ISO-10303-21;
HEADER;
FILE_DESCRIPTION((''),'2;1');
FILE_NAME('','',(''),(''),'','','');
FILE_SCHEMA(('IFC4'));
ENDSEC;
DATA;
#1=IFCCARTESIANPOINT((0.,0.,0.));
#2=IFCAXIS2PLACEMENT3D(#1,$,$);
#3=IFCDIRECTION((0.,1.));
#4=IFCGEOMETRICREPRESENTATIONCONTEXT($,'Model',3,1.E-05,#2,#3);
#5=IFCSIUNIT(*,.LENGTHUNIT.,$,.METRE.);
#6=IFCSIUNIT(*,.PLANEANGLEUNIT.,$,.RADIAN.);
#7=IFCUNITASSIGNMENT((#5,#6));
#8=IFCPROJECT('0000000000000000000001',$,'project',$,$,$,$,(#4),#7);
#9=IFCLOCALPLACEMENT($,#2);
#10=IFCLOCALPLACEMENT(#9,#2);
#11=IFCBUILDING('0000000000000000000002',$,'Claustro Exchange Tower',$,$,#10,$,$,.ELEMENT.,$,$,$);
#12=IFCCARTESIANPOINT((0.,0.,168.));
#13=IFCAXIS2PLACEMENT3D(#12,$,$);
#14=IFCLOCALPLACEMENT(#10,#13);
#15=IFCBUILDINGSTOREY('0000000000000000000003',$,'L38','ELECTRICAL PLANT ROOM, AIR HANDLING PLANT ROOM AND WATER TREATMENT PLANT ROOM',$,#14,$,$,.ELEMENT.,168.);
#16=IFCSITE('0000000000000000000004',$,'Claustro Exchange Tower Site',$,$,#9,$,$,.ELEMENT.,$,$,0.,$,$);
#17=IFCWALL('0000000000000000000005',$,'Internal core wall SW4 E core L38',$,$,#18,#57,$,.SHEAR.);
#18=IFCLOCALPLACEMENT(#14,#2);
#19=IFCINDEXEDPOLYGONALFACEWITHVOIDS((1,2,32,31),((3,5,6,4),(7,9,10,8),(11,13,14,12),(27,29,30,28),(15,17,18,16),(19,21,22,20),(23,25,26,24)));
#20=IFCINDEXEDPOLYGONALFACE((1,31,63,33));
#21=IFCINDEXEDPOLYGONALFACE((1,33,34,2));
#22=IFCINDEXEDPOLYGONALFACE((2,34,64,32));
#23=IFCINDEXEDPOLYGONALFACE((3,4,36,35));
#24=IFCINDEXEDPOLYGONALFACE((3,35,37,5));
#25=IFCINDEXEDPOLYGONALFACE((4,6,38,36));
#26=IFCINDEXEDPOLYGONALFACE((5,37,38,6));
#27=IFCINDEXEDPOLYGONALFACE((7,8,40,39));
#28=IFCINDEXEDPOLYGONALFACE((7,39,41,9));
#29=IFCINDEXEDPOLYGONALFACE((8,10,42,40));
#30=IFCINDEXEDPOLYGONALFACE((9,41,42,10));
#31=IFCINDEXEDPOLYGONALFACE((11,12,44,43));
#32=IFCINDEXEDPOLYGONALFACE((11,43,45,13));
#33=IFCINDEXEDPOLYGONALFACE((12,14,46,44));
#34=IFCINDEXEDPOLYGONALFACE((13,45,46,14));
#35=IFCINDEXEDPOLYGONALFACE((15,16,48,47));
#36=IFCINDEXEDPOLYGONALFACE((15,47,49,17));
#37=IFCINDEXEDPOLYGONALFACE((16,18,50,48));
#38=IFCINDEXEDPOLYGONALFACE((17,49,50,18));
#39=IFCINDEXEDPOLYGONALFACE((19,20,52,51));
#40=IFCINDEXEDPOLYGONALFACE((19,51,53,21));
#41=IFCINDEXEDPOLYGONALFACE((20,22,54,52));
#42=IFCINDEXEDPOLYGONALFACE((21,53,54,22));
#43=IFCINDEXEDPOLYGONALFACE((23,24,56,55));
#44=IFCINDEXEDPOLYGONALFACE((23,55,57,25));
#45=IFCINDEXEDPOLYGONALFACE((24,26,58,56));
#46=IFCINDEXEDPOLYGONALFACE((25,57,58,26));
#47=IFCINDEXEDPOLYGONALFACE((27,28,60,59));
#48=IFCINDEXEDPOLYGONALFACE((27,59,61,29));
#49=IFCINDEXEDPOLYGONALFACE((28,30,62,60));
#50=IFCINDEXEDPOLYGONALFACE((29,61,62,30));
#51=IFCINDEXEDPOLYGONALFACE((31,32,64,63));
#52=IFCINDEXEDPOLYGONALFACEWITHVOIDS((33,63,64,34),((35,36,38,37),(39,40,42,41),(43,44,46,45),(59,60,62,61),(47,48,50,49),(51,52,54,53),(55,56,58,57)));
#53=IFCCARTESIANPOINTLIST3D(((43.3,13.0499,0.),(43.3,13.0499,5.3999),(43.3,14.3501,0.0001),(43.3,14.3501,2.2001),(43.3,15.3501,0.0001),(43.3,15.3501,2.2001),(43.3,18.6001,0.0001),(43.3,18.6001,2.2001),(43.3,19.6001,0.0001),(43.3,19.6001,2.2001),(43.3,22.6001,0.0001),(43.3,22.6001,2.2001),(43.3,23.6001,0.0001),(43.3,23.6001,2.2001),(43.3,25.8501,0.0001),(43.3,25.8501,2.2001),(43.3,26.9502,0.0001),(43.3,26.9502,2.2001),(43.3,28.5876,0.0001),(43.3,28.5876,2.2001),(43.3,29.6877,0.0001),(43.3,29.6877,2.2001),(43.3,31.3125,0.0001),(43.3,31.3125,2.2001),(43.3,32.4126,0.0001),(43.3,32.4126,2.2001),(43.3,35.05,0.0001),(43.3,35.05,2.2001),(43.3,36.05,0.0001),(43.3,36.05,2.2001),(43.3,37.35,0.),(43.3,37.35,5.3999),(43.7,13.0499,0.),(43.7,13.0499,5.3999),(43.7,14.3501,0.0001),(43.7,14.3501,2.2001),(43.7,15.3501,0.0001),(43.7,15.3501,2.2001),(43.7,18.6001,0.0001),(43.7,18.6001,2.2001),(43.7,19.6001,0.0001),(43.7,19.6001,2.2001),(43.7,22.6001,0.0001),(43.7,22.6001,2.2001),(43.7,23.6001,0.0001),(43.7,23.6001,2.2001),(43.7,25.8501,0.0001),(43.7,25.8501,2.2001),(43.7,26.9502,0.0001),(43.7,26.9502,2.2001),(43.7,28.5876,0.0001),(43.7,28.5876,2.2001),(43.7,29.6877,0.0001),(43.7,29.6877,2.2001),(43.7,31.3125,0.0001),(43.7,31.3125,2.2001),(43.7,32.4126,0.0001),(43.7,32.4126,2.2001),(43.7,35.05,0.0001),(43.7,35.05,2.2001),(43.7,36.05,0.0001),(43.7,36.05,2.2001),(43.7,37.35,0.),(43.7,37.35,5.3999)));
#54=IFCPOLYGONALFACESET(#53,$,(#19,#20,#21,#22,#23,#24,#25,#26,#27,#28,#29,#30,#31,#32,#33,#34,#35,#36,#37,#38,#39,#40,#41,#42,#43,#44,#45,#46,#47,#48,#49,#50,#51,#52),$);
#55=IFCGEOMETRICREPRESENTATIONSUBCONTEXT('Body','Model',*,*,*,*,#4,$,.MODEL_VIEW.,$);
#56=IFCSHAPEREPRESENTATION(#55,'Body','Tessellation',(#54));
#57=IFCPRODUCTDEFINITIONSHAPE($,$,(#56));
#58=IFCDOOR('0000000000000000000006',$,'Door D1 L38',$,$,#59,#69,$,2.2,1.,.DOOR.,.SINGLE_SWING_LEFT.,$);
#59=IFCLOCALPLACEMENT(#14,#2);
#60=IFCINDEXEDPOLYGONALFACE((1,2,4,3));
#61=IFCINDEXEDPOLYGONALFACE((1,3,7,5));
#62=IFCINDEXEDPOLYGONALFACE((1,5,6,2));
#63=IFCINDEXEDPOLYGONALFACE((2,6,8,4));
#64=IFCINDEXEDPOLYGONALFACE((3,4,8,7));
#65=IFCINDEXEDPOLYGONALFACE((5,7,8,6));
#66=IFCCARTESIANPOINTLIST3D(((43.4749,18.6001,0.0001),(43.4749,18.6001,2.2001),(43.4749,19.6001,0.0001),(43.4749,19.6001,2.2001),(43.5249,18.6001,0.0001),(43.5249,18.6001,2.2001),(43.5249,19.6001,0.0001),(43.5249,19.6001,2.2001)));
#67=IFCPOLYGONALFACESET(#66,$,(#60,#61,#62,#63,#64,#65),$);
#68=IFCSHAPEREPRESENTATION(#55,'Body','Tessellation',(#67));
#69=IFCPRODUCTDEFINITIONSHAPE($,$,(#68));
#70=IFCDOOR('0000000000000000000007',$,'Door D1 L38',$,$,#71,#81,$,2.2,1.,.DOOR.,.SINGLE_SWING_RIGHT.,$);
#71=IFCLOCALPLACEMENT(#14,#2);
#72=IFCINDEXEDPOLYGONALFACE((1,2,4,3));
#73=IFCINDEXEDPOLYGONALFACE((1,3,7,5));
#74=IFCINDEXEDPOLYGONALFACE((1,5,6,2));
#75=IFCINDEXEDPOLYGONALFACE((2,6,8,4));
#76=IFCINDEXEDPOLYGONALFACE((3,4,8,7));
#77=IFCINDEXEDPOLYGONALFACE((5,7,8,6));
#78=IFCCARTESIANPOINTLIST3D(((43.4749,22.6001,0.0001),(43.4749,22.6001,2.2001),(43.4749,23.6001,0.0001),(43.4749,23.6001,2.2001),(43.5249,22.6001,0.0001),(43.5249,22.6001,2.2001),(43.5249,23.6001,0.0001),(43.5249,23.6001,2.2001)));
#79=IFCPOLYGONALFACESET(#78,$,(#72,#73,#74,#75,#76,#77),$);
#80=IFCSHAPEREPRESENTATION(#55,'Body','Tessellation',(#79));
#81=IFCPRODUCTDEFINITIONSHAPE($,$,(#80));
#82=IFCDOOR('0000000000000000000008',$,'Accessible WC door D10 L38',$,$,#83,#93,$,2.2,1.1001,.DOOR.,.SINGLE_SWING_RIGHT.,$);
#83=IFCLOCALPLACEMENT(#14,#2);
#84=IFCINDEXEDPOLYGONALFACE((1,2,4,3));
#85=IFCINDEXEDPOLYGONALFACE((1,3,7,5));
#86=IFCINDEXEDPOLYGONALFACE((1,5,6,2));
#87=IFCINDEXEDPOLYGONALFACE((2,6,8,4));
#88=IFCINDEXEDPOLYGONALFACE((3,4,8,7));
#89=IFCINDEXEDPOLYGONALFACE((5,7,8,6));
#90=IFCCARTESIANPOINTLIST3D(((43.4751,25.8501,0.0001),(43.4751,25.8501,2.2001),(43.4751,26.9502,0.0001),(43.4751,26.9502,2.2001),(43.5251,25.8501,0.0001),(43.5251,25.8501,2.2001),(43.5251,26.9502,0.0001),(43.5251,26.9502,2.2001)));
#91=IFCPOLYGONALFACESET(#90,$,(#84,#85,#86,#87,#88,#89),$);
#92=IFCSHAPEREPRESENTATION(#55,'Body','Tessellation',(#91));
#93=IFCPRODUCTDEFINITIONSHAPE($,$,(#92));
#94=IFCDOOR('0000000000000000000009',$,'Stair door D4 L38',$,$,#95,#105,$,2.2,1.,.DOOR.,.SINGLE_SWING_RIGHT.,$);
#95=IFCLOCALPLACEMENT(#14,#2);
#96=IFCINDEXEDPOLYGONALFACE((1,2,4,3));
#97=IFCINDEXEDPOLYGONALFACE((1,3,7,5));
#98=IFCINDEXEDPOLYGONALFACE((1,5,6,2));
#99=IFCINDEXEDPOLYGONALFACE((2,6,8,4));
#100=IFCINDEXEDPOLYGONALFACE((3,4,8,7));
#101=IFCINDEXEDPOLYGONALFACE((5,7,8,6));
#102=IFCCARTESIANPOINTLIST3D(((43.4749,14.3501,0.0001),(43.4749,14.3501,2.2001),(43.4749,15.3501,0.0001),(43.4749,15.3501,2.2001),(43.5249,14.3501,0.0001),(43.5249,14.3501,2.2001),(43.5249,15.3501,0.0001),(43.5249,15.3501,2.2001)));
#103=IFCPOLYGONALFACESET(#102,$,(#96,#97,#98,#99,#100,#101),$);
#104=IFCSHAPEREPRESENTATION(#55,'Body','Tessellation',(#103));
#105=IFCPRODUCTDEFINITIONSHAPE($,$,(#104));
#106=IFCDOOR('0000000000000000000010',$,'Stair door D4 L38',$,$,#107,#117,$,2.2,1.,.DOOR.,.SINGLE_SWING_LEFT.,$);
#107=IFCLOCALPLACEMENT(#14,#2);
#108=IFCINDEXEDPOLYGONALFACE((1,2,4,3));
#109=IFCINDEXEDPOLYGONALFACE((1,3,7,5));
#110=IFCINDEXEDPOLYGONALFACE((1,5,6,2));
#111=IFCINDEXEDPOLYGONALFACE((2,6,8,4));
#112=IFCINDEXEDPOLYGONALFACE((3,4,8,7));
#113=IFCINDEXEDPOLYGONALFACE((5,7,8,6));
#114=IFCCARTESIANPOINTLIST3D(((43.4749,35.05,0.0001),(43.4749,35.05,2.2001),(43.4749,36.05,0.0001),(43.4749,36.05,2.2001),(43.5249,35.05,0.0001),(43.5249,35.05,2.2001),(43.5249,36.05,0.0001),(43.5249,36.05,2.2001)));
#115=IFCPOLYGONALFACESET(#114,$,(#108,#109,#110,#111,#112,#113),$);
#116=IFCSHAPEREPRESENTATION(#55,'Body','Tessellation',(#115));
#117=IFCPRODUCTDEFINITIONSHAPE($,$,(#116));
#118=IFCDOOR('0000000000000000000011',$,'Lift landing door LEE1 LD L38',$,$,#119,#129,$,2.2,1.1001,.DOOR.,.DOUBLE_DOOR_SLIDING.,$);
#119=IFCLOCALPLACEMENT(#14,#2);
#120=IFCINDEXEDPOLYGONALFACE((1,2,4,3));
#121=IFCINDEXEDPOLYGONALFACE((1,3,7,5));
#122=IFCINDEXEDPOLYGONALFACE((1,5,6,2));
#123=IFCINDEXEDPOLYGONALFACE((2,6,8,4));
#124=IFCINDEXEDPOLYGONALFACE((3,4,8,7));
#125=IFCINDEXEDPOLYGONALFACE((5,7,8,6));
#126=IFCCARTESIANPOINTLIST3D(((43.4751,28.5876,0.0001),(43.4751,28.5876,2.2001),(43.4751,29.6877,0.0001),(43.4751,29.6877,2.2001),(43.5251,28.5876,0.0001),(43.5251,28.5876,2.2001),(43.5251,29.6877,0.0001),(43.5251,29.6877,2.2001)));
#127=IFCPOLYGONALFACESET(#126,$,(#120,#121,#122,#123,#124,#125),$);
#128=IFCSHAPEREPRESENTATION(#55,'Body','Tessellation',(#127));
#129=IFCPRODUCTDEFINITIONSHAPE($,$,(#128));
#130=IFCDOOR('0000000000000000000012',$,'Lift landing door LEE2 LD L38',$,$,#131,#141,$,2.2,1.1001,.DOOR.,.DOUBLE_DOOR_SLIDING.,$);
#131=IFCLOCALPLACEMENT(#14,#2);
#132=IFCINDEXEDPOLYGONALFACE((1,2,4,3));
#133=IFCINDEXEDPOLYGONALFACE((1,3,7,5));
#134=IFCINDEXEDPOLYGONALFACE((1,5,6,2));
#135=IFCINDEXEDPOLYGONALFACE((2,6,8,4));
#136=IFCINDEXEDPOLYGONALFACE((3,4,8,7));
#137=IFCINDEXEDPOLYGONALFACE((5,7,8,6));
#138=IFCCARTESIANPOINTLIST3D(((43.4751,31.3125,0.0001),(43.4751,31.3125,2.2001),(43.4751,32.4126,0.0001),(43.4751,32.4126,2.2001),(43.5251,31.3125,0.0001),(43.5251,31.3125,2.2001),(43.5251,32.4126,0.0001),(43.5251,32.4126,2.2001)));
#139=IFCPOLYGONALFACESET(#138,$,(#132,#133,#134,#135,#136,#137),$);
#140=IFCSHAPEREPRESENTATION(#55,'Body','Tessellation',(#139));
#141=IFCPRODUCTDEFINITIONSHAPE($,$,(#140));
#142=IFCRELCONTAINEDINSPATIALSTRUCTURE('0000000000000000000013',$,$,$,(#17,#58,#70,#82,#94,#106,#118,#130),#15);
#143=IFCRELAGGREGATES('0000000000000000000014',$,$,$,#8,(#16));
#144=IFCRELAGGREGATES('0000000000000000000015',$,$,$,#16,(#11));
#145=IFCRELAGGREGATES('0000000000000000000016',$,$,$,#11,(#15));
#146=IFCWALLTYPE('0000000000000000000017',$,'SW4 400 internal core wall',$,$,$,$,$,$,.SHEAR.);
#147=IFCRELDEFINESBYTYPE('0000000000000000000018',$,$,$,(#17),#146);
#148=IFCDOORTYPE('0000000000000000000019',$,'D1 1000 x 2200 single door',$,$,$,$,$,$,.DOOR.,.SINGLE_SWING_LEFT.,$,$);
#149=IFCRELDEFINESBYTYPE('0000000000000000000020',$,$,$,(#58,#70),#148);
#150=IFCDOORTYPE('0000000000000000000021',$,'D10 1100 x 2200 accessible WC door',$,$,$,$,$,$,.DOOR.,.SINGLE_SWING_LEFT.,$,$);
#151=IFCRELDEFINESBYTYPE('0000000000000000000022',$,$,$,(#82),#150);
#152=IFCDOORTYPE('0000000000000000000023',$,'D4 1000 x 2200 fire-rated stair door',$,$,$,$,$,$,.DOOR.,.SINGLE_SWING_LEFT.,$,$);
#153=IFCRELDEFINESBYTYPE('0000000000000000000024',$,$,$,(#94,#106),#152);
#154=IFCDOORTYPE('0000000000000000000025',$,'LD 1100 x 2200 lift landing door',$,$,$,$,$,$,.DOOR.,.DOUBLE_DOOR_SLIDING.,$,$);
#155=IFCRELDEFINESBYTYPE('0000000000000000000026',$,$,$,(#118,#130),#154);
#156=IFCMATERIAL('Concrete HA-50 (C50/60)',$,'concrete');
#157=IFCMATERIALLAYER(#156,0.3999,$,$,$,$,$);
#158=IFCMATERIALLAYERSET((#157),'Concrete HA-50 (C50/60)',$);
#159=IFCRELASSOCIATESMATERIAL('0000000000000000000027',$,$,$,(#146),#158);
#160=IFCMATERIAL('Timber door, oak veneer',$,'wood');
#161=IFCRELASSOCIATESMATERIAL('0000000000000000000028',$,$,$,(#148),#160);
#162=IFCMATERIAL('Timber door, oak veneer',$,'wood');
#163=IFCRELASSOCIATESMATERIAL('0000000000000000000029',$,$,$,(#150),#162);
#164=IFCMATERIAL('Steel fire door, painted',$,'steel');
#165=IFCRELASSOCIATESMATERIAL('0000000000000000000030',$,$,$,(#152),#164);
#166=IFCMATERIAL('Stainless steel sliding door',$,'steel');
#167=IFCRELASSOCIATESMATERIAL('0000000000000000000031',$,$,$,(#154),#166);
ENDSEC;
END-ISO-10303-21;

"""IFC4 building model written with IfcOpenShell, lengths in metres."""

from ifc_helpers import new_model, si_unit, direction, frame, frame_2d, origin, place, context, subcontext, project, spatial, rectangle, extrude, material, layer, layer_set, type_object, element, fill, save


model = new_model("IFC4")

# Units and contexts
model_context = context("Model", 3, precision=1e-05, world=origin(), true_north=direction((0.0, 1.0)))
body_context = subcontext(model_context, "Body", "Model", "MODEL_VIEW")
ifc_project = project(units=[si_unit("LENGTHUNIT", "METRE"), si_unit("PLANEANGLEUNIT", "RADIAN")], contexts=[model_context])

# Site, building, storey
site_placement = place(None, origin())
site = spatial("IfcSite", under=ifc_project, at=site_placement, Name="Claustro Exchange Tower Site", CompositionType="ELEMENT", RefElevation=0.0)
building_placement = place(site_placement, origin())
building = spatial("IfcBuilding", under=site, at=building_placement, Name="Claustro Exchange Tower", CompositionType="ELEMENT")
storey_placement = place(building_placement, frame((0.0, 0.0, 168.0)))
storey = spatial("IfcBuildingStorey", under=building, at=storey_placement, Name="L38", Description="ELECTRICAL PLANT ROOM, AIR HANDLING PLANT ROOM AND WATER TREATMENT PLANT ROOM", CompositionType="ELEMENT", Elevation=168.0)

# Wall, openings, doors
ifc_material_1 = material(Name="Concrete HA-50 (C50/60)", Category="concrete")
ifc_layer = layer(ifc_material_1, 0.3999)
ifc_layer_set = layer_set([ifc_layer], Name="Concrete HA-50 (C50/60)")
wall_type = type_object("IfcWallType", Name="SW4 400 internal core wall", PredefinedType="SHEAR", material=ifc_layer_set)
wall_1_placement = place(storey_placement, frame((43.5, 13.05, 0.0), z_axis=(0.0, 0.0, 1.0), x_axis=(0.0, 1.0, 0.0)))
wall_1 = element("IfcWall", 1, at=wall_1_placement, inside=storey, type_object=wall_type, Name="Internal core wall SW4 E core L38", PredefinedType="SHEAR", context=body_context, shape_type="SweptSolid", body=[
    extrude(rectangle(XDim=24.3, YDim=0.3999, at=frame_2d((12.1499, 0.0))), origin(), (0.0, 0.0, 1.0), 5.3999),
])
opening_1_placement = place(wall_1_placement, frame((1.3, 0.0, 0.0)))
opening_1 = element("IfcOpeningElement", 2, at=opening_1_placement, cuts=wall_1, PredefinedType="OPENING", context=body_context, shape_type="SweptSolid", body=[
    extrude(rectangle(XDim=1.0, YDim=2.2, at=frame_2d((0.5, 1.1001))), frame((0.0, 0.21, 0.0), z_axis=(0.0, -1.0, 0.0), x_axis=(1.0, 0.0, 0.0)), (0.0, 0.0, 1.0), 0.4199),
])
opening_2_placement = place(wall_1_placement, frame((22.0, 0.0, 0.0)))
opening_2 = element("IfcOpeningElement", 3, at=opening_2_placement, cuts=wall_1, PredefinedType="OPENING", context=body_context, shape_type="SweptSolid", body=[
    extrude(rectangle(XDim=1.0, YDim=2.2, at=frame_2d((0.5, 1.1001))), frame((0.0, 0.21, 0.0), z_axis=(0.0, -1.0, 0.0), x_axis=(1.0, 0.0, 0.0)), (0.0, 0.0, 1.0), 0.4199),
])
opening_3_placement = place(wall_1_placement, frame((5.55, 0.0, 0.0)))
opening_3 = element("IfcOpeningElement", 4, at=opening_3_placement, cuts=wall_1, PredefinedType="OPENING", context=body_context, shape_type="SweptSolid", body=[
    extrude(rectangle(XDim=1.0, YDim=2.2, at=frame_2d((0.5, 1.1001))), frame((0.0, 0.21, 0.0), z_axis=(0.0, -1.0, 0.0), x_axis=(1.0, 0.0, 0.0)), (0.0, 0.0, 1.0), 0.4199),
])
opening_4_placement = place(wall_1_placement, frame((9.55, 0.0, 0.0)))
opening_4 = element("IfcOpeningElement", 5, at=opening_4_placement, cuts=wall_1, PredefinedType="OPENING", context=body_context, shape_type="SweptSolid", body=[
    extrude(rectangle(XDim=1.0, YDim=2.2, at=frame_2d((0.5, 1.1001))), frame((0.0, 0.21, 0.0), z_axis=(0.0, -1.0, 0.0), x_axis=(1.0, 0.0, 0.0)), (0.0, 0.0, 1.0), 0.4199),
])
opening_5_placement = place(wall_1_placement, frame((12.8, 0.0, 0.0)))
opening_5 = element("IfcOpeningElement", 6, at=opening_5_placement, cuts=wall_1, PredefinedType="OPENING", context=body_context, shape_type="SweptSolid", body=[
    extrude(rectangle(XDim=1.1001, YDim=2.2, at=frame_2d((0.55, 1.1001))), frame((0.0, 0.21, 0.0), z_axis=(0.0, -1.0, 0.0), x_axis=(1.0, 0.0, 0.0)), (0.0, 0.0, 1.0), 0.4199),
])
opening_6_placement = place(wall_1_placement, frame((15.5376, 0.0, 0.0)))
opening_6 = element("IfcOpeningElement", 7, at=opening_6_placement, cuts=wall_1, PredefinedType="OPENING", context=body_context, shape_type="SweptSolid", body=[
    extrude(rectangle(XDim=1.1001, YDim=2.2, at=frame_2d((0.55, 1.1001))), frame((0.0, 0.21, 0.0), z_axis=(0.0, -1.0, 0.0), x_axis=(1.0, 0.0, 0.0)), (0.0, 0.0, 1.0), 0.4199),
])
opening_7_placement = place(wall_1_placement, frame((18.2625, 0.0, 0.0)))
opening_7 = element("IfcOpeningElement", 8, at=opening_7_placement, cuts=wall_1, PredefinedType="OPENING", context=body_context, shape_type="SweptSolid", body=[
    extrude(rectangle(XDim=1.1001, YDim=2.2, at=frame_2d((0.55, 1.1001))), frame((0.0, 0.21, 0.0), z_axis=(0.0, -1.0, 0.0), x_axis=(1.0, 0.0, 0.0)), (0.0, 0.0, 1.0), 0.4199),
])
ifc_material_2 = material(Name="Timber door, oak veneer", Category="wood")
door_type_1 = type_object("IfcDoorType", Name="D1 1000 x 2200 single door", OperationType="SINGLE_SWING_LEFT", PredefinedType="DOOR", material=ifc_material_2)
door_1_placement = place(opening_3_placement, frame((1.0, 0.0, 0.0), z_axis=(0.0, 0.0, 1.0), x_axis=(-1.0, 0.0, 0.0)))
door_1 = element("IfcDoor", 9, at=door_1_placement, inside=storey, type_object=door_type_1, Name="Door D1 L38", OperationType="SINGLE_SWING_LEFT", OverallHeight=2.2, OverallWidth=1.0, PredefinedType="DOOR", context=body_context, shape_type="SweptSolid", body=[
    extrude(rectangle(XDim=1.0, YDim=2.2, at=frame_2d((0.5, 1.1001))), frame((0.0, 0.0249, 0.0), z_axis=(0.0, -1.0, 0.0), x_axis=(1.0, 0.0, 0.0)), (0.0, 0.0, 1.0), 0.05),
])
fill(opening_3, door_1)
door_2_placement = place(opening_4_placement, frame((1.0, 0.0, 0.0), z_axis=(0.0, 0.0, 1.0), x_axis=(-1.0, 0.0, 0.0)))
door_2 = element("IfcDoor", 10, at=door_2_placement, inside=storey, type_object=door_type_1, Name="Door D1 L38", OperationType="SINGLE_SWING_RIGHT", OverallHeight=2.2, OverallWidth=1.0, PredefinedType="DOOR", context=body_context, shape_type="SweptSolid", body=[
    extrude(rectangle(XDim=1.0, YDim=2.2, at=frame_2d((0.5, 1.1001))), frame((0.0, 0.0249, 0.0), z_axis=(0.0, -1.0, 0.0), x_axis=(1.0, 0.0, 0.0)), (0.0, 0.0, 1.0), 0.05),
])
fill(opening_4, door_2)
ifc_material_3 = material(Name="Timber door, oak veneer", Category="wood")
door_type_2 = type_object("IfcDoorType", Name="D10 1100 x 2200 accessible WC door", OperationType="SINGLE_SWING_LEFT", PredefinedType="DOOR", material=ifc_material_3)
door_3_placement = place(opening_5_placement, origin())
door_3 = element("IfcDoor", 11, at=door_3_placement, inside=storey, type_object=door_type_2, Name="Accessible WC door D10 L38", OperationType="SINGLE_SWING_RIGHT", OverallHeight=2.2, OverallWidth=1.1001, PredefinedType="DOOR", context=body_context, shape_type="SweptSolid", body=[
    extrude(rectangle(XDim=1.1001, YDim=2.2, at=frame_2d((0.55, 1.1001))), frame((0.0, 0.0249, 0.0), z_axis=(0.0, -1.0, 0.0), x_axis=(1.0, 0.0, 0.0)), (0.0, 0.0, 1.0), 0.05),
])
fill(opening_5, door_3)
ifc_material_4 = material(Name="Steel fire door, painted", Category="steel")
door_type_3 = type_object("IfcDoorType", Name="D4 1000 x 2200 fire-rated stair door", OperationType="SINGLE_SWING_LEFT", PredefinedType="DOOR", material=ifc_material_4)
door_4_placement = place(opening_1_placement, frame((1.0, 0.0, 0.0), z_axis=(0.0, 0.0, 1.0), x_axis=(-1.0, 0.0, 0.0)))
door_4 = element("IfcDoor", 12, at=door_4_placement, inside=storey, type_object=door_type_3, Name="Stair door D4 L38", OperationType="SINGLE_SWING_RIGHT", OverallHeight=2.2, OverallWidth=1.0, PredefinedType="DOOR", context=body_context, shape_type="SweptSolid", body=[
    extrude(rectangle(XDim=1.0, YDim=2.2, at=frame_2d((0.5, 1.1001))), frame((0.0, 0.0249, 0.0), z_axis=(0.0, -1.0, 0.0), x_axis=(1.0, 0.0, 0.0)), (0.0, 0.0, 1.0), 0.05),
])
fill(opening_1, door_4)
door_5_placement = place(opening_2_placement, frame((1.0, 0.0, 0.0), z_axis=(0.0, 0.0, 1.0), x_axis=(-1.0, 0.0, 0.0)))
door_5 = element("IfcDoor", 13, at=door_5_placement, inside=storey, type_object=door_type_3, Name="Stair door D4 L38", OperationType="SINGLE_SWING_LEFT", OverallHeight=2.2, OverallWidth=1.0, PredefinedType="DOOR", context=body_context, shape_type="SweptSolid", body=[
    extrude(rectangle(XDim=1.0, YDim=2.2, at=frame_2d((0.5, 1.1001))), frame((0.0, 0.0249, 0.0), z_axis=(0.0, -1.0, 0.0), x_axis=(1.0, 0.0, 0.0)), (0.0, 0.0, 1.0), 0.05),
])
fill(opening_2, door_5)
ifc_material_5 = material(Name="Stainless steel sliding door", Category="steel")
door_type_4 = type_object("IfcDoorType", Name="LD 1100 x 2200 lift landing door", OperationType="DOUBLE_DOOR_SLIDING", PredefinedType="DOOR", material=ifc_material_5)
door_6_placement = place(opening_6_placement, origin())
door_6 = element("IfcDoor", 14, at=door_6_placement, inside=storey, type_object=door_type_4, Name="Lift landing door LEE1 LD L38", OperationType="DOUBLE_DOOR_SLIDING", OverallHeight=2.2, OverallWidth=1.1001, PredefinedType="DOOR", context=body_context, shape_type="SweptSolid", body=[
    extrude(rectangle(XDim=1.1001, YDim=2.2, at=frame_2d((0.55, 1.1001))), frame((0.0, 0.0249, 0.0), z_axis=(0.0, -1.0, 0.0), x_axis=(1.0, 0.0, 0.0)), (0.0, 0.0, 1.0), 0.05),
])
fill(opening_6, door_6)
door_7_placement = place(opening_7_placement, origin())
door_7 = element("IfcDoor", 15, at=door_7_placement, inside=storey, type_object=door_type_4, Name="Lift landing door LEE2 LD L38", OperationType="DOUBLE_DOOR_SLIDING", OverallHeight=2.2, OverallWidth=1.1001, PredefinedType="DOOR", context=body_context, shape_type="SweptSolid", body=[
    extrude(rectangle(XDim=1.1001, YDim=2.2, at=frame_2d((0.55, 1.1001))), frame((0.0, 0.0249, 0.0), z_axis=(0.0, -1.0, 0.0), x_axis=(1.0, 0.0, 0.0)), (0.0, 0.0, 1.0), 0.05),
])
fill(opening_7, door_7)

save(model, "model.ifc")
